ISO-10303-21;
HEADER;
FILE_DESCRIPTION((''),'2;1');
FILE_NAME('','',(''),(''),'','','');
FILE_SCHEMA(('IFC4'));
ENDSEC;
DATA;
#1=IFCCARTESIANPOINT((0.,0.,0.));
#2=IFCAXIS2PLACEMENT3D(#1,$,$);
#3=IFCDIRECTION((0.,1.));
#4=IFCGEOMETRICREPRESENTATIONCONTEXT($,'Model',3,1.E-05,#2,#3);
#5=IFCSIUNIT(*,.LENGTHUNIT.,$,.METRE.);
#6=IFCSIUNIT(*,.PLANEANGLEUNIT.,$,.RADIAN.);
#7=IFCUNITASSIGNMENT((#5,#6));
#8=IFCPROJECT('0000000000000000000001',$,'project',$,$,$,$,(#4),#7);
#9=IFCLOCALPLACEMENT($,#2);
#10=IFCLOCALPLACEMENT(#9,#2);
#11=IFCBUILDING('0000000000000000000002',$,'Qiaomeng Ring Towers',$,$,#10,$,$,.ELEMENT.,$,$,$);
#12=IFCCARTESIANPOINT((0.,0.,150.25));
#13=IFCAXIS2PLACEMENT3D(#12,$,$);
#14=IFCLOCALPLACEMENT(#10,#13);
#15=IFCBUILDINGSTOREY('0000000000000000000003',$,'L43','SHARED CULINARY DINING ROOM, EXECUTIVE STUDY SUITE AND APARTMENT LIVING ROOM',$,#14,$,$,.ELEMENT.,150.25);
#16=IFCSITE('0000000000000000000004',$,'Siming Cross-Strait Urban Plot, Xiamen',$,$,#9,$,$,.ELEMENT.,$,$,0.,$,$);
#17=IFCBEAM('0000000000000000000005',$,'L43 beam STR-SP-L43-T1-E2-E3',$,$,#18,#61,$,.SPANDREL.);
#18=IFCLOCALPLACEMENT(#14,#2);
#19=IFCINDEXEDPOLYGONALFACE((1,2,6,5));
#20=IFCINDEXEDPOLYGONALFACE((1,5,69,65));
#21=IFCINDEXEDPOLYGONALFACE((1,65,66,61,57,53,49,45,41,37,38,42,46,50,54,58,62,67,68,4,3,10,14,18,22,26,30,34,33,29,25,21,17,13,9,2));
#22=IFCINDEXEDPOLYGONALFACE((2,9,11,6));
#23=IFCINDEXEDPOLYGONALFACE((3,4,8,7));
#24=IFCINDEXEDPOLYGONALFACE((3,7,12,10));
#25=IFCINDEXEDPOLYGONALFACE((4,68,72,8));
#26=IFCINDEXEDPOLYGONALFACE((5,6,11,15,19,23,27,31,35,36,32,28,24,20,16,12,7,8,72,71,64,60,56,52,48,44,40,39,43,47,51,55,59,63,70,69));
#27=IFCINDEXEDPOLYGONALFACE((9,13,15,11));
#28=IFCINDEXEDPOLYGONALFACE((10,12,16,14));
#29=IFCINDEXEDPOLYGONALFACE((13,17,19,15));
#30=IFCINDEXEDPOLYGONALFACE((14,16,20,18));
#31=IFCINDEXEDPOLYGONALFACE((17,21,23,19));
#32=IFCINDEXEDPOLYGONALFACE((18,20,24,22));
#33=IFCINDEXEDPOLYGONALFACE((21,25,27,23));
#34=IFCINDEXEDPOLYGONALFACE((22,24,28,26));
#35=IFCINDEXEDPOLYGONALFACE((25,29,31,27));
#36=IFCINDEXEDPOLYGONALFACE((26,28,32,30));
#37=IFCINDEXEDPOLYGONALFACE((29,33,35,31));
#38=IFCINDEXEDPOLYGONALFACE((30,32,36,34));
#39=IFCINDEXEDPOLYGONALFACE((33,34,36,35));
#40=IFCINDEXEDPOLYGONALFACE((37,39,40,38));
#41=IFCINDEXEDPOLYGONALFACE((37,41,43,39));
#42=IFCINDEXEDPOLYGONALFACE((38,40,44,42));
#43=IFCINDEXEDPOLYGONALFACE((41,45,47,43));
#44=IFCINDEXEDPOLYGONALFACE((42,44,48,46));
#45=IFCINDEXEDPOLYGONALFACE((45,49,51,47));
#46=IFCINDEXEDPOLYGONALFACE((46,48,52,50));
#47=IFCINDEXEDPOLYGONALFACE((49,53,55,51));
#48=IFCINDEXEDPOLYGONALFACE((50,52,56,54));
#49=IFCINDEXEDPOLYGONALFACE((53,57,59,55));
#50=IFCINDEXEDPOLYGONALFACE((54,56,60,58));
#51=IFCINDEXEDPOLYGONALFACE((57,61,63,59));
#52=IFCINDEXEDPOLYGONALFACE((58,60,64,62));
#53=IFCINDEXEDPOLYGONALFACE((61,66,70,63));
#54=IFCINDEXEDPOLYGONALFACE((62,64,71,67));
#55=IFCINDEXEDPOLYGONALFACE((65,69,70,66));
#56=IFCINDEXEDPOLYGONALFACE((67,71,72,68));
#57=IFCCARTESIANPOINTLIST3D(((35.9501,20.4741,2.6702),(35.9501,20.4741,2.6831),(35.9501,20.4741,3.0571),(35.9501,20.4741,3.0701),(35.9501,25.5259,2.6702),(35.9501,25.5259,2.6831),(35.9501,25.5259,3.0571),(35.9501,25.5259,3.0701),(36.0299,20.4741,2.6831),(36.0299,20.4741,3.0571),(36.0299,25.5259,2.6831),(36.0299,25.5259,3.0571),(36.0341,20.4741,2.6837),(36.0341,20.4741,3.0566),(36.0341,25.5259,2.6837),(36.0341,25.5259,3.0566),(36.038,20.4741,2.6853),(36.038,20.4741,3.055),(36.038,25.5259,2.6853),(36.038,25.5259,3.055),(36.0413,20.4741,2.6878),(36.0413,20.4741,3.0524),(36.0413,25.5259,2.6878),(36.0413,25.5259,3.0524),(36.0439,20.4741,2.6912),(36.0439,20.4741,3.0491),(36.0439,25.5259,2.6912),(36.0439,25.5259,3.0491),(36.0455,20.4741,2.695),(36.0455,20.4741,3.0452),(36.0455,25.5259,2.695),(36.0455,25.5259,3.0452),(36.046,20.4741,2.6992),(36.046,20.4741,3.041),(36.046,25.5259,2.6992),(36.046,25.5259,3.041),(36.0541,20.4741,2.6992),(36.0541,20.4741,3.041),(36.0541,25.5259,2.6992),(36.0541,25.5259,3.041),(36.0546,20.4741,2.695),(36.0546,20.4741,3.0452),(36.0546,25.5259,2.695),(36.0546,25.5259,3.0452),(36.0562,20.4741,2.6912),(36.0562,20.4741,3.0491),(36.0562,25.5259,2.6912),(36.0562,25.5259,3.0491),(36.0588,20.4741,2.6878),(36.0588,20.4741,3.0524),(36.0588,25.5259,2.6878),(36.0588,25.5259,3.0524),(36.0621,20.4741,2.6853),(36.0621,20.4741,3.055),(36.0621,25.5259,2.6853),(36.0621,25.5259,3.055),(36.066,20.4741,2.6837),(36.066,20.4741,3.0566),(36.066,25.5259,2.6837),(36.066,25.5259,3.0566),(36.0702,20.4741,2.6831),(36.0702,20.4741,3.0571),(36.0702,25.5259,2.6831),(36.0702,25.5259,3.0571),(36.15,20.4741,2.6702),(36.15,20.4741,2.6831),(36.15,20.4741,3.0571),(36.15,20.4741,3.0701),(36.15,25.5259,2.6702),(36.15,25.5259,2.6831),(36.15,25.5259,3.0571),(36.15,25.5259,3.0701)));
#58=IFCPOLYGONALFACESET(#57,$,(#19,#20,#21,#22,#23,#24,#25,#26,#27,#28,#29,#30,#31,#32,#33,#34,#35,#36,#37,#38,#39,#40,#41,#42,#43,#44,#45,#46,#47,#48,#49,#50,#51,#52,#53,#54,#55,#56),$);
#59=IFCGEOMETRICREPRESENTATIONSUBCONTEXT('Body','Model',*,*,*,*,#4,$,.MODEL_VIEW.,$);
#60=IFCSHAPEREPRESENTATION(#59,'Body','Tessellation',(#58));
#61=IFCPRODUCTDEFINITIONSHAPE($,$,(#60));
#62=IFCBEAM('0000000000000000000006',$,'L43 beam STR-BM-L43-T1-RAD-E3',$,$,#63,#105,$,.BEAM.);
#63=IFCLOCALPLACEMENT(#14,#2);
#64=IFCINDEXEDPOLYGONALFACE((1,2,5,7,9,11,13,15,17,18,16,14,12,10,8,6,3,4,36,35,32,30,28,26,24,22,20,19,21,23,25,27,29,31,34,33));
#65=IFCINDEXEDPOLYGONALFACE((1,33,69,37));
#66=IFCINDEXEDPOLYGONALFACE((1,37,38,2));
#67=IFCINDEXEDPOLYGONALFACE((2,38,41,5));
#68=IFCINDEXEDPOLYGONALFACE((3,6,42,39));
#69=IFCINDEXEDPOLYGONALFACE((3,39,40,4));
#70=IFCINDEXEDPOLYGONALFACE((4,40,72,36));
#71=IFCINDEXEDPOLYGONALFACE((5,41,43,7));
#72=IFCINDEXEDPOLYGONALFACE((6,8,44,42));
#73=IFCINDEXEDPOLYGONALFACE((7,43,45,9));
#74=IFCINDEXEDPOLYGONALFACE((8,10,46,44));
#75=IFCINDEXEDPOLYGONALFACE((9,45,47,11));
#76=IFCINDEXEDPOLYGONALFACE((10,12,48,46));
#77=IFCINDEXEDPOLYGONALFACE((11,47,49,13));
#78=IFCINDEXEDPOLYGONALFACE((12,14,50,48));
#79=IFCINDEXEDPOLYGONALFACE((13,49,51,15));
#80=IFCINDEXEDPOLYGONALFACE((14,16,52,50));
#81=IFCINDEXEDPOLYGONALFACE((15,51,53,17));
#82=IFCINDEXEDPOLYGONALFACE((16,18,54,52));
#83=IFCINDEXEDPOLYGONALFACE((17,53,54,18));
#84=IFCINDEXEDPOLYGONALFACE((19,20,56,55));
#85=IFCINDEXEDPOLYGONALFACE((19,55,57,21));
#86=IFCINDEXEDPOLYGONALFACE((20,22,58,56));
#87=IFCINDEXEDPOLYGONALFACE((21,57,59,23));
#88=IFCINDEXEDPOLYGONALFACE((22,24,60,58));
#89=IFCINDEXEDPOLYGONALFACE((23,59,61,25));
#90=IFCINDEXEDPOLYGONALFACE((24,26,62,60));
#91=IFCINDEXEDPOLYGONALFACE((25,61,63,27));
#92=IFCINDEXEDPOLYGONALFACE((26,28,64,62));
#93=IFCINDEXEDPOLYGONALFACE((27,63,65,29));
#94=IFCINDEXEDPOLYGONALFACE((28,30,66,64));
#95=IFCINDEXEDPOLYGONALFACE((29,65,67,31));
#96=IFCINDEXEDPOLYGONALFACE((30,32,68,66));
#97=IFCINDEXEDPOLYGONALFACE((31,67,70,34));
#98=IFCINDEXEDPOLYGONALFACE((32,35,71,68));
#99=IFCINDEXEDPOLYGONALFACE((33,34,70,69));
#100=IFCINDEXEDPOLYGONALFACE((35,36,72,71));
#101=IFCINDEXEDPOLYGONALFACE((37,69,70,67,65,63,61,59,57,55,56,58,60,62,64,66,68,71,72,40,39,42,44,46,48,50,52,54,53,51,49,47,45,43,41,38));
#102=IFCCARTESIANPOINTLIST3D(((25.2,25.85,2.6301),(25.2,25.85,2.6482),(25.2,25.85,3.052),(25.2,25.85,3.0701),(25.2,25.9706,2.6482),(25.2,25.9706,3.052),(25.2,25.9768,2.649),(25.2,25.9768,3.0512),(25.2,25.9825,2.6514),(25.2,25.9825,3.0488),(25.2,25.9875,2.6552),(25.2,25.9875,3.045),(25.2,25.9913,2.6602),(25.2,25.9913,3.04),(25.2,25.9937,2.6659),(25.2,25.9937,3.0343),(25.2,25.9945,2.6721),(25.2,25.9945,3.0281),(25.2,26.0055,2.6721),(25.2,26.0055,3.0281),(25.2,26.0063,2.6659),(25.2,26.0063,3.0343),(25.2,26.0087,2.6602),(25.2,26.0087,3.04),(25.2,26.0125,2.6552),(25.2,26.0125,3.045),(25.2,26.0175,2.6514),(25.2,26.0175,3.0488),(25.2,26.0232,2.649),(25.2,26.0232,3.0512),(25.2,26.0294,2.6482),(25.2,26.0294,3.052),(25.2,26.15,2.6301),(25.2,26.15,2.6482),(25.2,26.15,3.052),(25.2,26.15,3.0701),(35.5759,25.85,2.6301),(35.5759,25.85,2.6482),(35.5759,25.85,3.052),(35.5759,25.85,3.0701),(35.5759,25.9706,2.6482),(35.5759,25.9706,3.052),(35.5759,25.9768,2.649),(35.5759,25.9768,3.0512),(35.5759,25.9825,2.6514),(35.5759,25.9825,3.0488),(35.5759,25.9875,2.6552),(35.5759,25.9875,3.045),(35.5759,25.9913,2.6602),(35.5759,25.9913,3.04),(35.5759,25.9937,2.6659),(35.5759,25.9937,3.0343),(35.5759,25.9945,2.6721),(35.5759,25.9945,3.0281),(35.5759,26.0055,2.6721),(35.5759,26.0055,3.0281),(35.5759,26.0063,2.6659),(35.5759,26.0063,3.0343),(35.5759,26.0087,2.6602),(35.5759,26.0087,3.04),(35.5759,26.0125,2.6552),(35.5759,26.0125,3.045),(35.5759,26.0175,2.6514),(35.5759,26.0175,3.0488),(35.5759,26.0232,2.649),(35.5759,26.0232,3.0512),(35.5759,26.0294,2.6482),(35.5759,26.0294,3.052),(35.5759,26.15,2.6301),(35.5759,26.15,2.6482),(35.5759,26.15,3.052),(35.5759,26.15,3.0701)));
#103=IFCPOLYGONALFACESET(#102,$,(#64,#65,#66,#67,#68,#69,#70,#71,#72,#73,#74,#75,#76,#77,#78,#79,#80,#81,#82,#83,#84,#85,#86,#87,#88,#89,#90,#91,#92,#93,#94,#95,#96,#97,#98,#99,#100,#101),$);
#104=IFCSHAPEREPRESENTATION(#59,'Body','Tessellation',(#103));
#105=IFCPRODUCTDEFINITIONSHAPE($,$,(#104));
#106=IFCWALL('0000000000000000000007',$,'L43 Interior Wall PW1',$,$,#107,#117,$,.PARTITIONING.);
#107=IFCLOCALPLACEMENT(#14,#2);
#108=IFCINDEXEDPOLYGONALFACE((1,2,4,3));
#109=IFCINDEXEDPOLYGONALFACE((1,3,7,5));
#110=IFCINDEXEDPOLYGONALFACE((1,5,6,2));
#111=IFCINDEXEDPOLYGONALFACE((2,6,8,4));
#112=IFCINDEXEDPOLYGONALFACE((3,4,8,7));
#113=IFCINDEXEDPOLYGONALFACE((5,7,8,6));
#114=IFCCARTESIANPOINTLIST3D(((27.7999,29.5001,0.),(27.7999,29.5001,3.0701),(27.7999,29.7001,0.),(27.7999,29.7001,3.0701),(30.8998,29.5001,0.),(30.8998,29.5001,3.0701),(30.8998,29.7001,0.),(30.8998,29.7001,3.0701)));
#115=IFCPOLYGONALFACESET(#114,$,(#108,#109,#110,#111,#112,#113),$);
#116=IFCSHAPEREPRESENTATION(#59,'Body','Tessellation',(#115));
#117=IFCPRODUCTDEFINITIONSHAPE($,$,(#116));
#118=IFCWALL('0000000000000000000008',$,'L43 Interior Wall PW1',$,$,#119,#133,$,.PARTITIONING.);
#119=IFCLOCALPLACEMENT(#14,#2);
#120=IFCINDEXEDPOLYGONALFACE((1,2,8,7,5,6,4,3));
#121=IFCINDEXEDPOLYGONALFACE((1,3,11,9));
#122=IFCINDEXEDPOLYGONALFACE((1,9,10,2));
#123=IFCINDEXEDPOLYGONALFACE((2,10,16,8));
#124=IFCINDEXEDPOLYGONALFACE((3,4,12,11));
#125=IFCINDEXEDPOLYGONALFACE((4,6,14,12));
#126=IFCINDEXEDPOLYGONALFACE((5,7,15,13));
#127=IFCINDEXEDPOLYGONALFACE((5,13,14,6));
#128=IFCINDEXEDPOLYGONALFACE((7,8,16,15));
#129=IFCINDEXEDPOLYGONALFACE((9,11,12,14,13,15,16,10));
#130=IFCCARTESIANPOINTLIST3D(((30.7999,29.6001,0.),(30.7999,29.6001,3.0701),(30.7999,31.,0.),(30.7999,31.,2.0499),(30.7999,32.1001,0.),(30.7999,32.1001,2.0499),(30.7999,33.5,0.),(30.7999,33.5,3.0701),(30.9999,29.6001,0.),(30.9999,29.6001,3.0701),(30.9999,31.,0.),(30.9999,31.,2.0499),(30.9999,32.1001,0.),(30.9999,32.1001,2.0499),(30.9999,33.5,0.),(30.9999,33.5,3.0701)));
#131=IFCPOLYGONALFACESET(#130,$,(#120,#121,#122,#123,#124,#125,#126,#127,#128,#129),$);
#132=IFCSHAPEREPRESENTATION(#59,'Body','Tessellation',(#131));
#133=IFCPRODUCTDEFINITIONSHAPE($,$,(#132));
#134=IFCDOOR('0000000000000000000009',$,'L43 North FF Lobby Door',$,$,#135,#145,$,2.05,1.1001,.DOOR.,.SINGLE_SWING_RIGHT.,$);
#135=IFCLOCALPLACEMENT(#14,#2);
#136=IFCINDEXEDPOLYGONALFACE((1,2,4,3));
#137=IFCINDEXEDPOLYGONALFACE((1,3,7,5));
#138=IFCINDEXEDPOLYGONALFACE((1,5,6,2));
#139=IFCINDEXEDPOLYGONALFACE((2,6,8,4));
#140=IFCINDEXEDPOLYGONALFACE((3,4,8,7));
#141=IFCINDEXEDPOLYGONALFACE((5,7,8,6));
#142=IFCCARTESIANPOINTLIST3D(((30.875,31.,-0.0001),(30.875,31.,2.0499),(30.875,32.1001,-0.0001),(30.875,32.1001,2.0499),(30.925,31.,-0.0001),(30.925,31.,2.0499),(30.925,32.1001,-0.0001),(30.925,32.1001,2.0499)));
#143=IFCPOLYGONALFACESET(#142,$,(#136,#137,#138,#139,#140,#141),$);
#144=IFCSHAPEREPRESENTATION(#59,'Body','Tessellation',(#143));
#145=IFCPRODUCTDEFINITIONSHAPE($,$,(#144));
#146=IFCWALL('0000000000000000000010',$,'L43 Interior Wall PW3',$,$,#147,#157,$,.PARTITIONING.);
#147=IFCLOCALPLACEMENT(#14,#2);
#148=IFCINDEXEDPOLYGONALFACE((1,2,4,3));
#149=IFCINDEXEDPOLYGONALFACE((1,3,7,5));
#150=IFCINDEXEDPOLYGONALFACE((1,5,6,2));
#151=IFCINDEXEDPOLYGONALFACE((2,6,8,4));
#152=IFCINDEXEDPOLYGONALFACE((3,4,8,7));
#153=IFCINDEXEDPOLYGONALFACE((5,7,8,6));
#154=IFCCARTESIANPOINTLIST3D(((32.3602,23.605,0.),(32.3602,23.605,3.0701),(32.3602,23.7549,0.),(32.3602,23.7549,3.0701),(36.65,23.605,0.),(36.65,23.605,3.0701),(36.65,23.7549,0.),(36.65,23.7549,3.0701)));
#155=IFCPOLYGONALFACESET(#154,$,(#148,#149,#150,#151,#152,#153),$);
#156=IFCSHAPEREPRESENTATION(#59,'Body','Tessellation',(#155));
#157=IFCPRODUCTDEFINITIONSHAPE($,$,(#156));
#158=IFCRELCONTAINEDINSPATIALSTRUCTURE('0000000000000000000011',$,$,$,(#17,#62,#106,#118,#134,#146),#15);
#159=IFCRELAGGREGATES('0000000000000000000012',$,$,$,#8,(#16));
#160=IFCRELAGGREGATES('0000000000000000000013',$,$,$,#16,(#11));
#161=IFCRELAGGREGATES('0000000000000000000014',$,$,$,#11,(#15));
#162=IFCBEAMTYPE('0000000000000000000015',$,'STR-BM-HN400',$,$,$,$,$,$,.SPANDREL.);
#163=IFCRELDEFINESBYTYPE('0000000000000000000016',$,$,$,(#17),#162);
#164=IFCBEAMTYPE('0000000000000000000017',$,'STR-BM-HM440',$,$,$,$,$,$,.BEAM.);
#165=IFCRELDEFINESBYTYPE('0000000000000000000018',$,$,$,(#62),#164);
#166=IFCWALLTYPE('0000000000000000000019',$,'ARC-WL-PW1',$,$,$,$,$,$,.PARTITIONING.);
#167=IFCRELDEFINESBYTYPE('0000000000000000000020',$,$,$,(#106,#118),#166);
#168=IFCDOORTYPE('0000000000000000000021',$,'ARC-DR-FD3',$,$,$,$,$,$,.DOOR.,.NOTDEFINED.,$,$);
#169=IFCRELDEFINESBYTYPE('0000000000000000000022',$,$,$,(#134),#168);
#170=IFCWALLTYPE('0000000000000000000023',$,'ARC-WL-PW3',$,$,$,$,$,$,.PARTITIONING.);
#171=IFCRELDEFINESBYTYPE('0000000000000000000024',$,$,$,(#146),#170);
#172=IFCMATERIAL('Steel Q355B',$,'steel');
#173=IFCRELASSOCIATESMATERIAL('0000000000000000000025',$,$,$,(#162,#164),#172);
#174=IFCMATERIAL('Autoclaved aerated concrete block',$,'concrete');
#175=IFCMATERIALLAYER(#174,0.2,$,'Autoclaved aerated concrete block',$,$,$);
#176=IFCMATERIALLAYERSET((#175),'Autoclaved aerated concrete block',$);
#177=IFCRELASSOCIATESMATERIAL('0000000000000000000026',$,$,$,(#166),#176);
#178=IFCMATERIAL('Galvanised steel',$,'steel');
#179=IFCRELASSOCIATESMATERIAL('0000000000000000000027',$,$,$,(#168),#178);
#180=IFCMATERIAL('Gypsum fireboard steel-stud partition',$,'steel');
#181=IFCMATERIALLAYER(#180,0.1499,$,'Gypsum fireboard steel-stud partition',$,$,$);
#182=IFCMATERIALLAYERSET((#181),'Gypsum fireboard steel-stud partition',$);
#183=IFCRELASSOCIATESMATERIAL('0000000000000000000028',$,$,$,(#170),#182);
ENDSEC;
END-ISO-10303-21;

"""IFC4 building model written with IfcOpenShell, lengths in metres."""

from ifc_helpers import new_model, si_unit, direction, frame, frame_2d, origin, origin_2d, place, context, subcontext, project, spatial, rectangle, i_section, extrude, source, transform, mapped, material, layer, layer_set, material_profile, profile_set, type_object, element, fill, save


model = new_model("IFC4")

# Units and contexts
model_context = context("Model", 3, precision=1e-05, world=origin(), true_north=direction((0.0, 1.0)))
body_context = subcontext(model_context, "Body", "Model", "MODEL_VIEW")
ifc_project = project(units=[si_unit("LENGTHUNIT", "METRE"), si_unit("PLANEANGLEUNIT", "RADIAN")], contexts=[model_context])

# Site, building, storey
site_placement = place(None, origin())
site = spatial("IfcSite", under=ifc_project, at=site_placement, Name="Siming Cross-Strait Urban Plot, Xiamen", CompositionType="ELEMENT", RefElevation=0.0)
building_placement = place(site_placement, origin())
building = spatial("IfcBuilding", under=site, at=building_placement, Name="Qiaomeng Ring Towers", CompositionType="ELEMENT")
storey_placement = place(building_placement, frame((0.0, 0.0, 150.25)))
storey = spatial("IfcBuildingStorey", under=building, at=storey_placement, Name="L43", Description="SHARED CULINARY DINING ROOM, EXECUTIVE STUDY SUITE AND APARTMENT LIVING ROOM", CompositionType="ELEMENT", Elevation=150.25)

# Beams
ifc_material_1 = material(Name="Steel Q355B", Category="steel")
ifc_material_profile_1 = material_profile(ifc_material_1, i_section(OverallWidth=0.2, OverallDepth=0.3999, WebThickness=0.0081, FlangeThickness=0.0129, FilletRadius=0.0161, at=origin_2d()), Name="HN 400x200x8x13")
ifc_profile_set_1 = profile_set([ifc_material_profile_1], Name="Steel Q355B")
beam_type_1 = type_object("IfcBeamType", Name="STR-BM-HN400", PredefinedType="SPANDREL", material=ifc_profile_set_1)
shared_shape_1 = source(origin(), body_context, "Body", "SweptSolid", [
    extrude(i_section(OverallWidth=0.2, OverallDepth=0.3999, WebThickness=0.0081, FlangeThickness=0.0129, FilletRadius=0.0161, at=origin_2d()), origin(), (0.0, 0.0, 1.0), 5.0518),
])
beam_1_placement = place(storey_placement, frame((36.05, 20.4741, 2.8701), z_axis=(0.0, 1.0, 0.0), x_axis=(-1.0, 0.0, 0.0)))
element("IfcBeam", 1, at=beam_1_placement, inside=storey, type_object=beam_type_1, Name="L43 beam STR-SP-L43-T1-E2-E3", PredefinedType="SPANDREL", context=body_context, shape_type="MappedRepresentation", body=[
    mapped(shared_shape_1, transform((0.0, 0.0, 0.0), x_axis=(1.0, 0.0, 0.0), y_axis=(0.0, 1.0, 0.0), z_axis=(0.0, 0.0, 1.0), scale=1.0)),
])
ifc_material_profile_2 = material_profile(ifc_material_1, i_section(OverallWidth=0.3, OverallDepth=0.4399, WebThickness=0.011, FlangeThickness=0.0181, FilletRadius=0.0239, at=origin_2d()), Name="HM 440x300x11x18")
ifc_profile_set_2 = profile_set([ifc_material_profile_2], Name="Steel Q355B")
beam_type_2 = type_object("IfcBeamType", Name="STR-BM-HM440", PredefinedType="BEAM", material=ifc_profile_set_2)
shared_shape_2 = source(origin(), body_context, "Body", "SweptSolid", [
    extrude(i_section(OverallWidth=0.3, OverallDepth=0.4399, WebThickness=0.011, FlangeThickness=0.0181, FilletRadius=0.0239, at=origin_2d()), origin(), (0.0, 0.0, 1.0), 10.376),
])
beam_2_placement = place(storey_placement, frame((25.2, 26.0, 2.8501), z_axis=(1.0, 0.0, 0.0), x_axis=(0.0, 1.0, 0.0)))
element("IfcBeam", 2, at=beam_2_placement, inside=storey, type_object=beam_type_2, Name="L43 beam STR-BM-L43-T1-RAD-E3", PredefinedType="BEAM", context=body_context, shape_type="MappedRepresentation", body=[
    mapped(shared_shape_2, transform((0.0, 0.0, 0.0), x_axis=(1.0, 0.0, 0.0), y_axis=(0.0, 1.0, 0.0), z_axis=(0.0, 0.0, 1.0), scale=1.0)),
])

# Wall
ifc_material_2 = material(Name="Autoclaved aerated concrete block", Category="concrete")
ifc_layer_1 = layer(ifc_material_2, 0.2, Name="Autoclaved aerated concrete block")
ifc_layer_set_1 = layer_set([ifc_layer_1], Name="Autoclaved aerated concrete block")
wall_type_1 = type_object("IfcWallType", Name="ARC-WL-PW1", PredefinedType="PARTITIONING", material=ifc_layer_set_1)
wall_1_placement = place(storey_placement, frame((27.8, 29.6001, 0.0), z_axis=(0.0, 0.0, 1.0), x_axis=(1.0, 0.0, 0.0)))
element("IfcWall", 3, at=wall_1_placement, inside=storey, type_object=wall_type_1, Name="L43 Interior Wall PW1", PredefinedType="PARTITIONING", context=body_context, shape_type="SweptSolid", body=[
    extrude(rectangle(XDim=3.0999, YDim=0.2, at=frame_2d((1.5498, 0.0))), origin(), (0.0, 0.0, 1.0), 3.0701),
])

# Wall, opening, door
wall_2_placement = place(storey_placement, frame((30.8999, 29.6001, 0.0), z_axis=(0.0, 0.0, 1.0), x_axis=(0.0, 1.0, 0.0)))
wall_2 = element("IfcWall", 4, at=wall_2_placement, inside=storey, type_object=wall_type_1, Name="L43 Interior Wall PW1", PredefinedType="PARTITIONING", context=body_context, shape_type="SweptSolid", body=[
    extrude(rectangle(XDim=3.8999, YDim=0.2, at=frame_2d((1.95, 0.0))), origin(), (0.0, 0.0, 1.0), 3.0701),
])
opening_1_placement = place(wall_2_placement, frame((1.3999, 0.0, 0.0)))
opening_1 = element("IfcOpeningElement", 5, at=opening_1_placement, cuts=wall_2, PredefinedType="OPENING", context=body_context, shape_type="SweptSolid", body=[
    extrude(rectangle(XDim=1.1001, YDim=2.05, at=frame_2d((0.55, 1.0249))), frame((0.0, 0.1099, 0.0), z_axis=(0.0, -1.0, 0.0), x_axis=(1.0, 0.0, 0.0)), (0.0, 0.0, 1.0), 0.22),
])
ifc_material_3 = material(Name="Galvanised steel", Category="steel")
door_type_1 = type_object("IfcDoorType", Name="ARC-DR-FD3", OperationType="NOTDEFINED", PredefinedType="DOOR", material=ifc_material_3)
shared_shape_3 = source(origin(), body_context, "Body", "SweptSolid", [
    extrude(rectangle(XDim=1.1001, YDim=2.05, at=frame_2d((0.55, 1.0249))), frame((0.0, 0.0249, 0.0), z_axis=(0.0, -1.0, 0.0), x_axis=(1.0, 0.0, 0.0)), (0.0, 0.0, 1.0), 0.05),
])
door_1_placement = place(opening_1_placement, origin())
door_1 = element("IfcDoor", 6, at=door_1_placement, inside=storey, type_object=door_type_1, Name="L43 North FF Lobby Door", OperationType="SINGLE_SWING_RIGHT", OverallHeight=2.05, OverallWidth=1.1001, PredefinedType="DOOR", context=body_context, shape_type="MappedRepresentation", body=[
    mapped(shared_shape_3, transform((0.0, 0.0, 0.0), x_axis=(1.0, 0.0, 0.0), y_axis=(0.0, 1.0, 0.0), z_axis=(0.0, 0.0, 1.0), scale=1.0)),
])
fill(opening_1, door_1)

# Wall
ifc_material_4 = material(Name="Gypsum fireboard steel-stud partition", Category="steel")
ifc_layer_2 = layer(ifc_material_4, 0.1499, Name="Gypsum fireboard steel-stud partition")
ifc_layer_set_2 = layer_set([ifc_layer_2], Name="Gypsum fireboard steel-stud partition")
wall_type_2 = type_object("IfcWallType", Name="ARC-WL-PW3", PredefinedType="PARTITIONING", material=ifc_layer_set_2)
wall_3_placement = place(storey_placement, frame((32.3601, 23.6799, 0.0), z_axis=(0.0, 0.0, 1.0), x_axis=(1.0, 0.0, 0.0)))
element("IfcWall", 7, at=wall_3_placement, inside=storey, type_object=wall_type_2, Name="L43 Interior Wall PW3", PredefinedType="PARTITIONING", context=body_context, shape_type="SweptSolid", body=[
    extrude(rectangle(XDim=4.2898, YDim=0.1499, at=frame_2d((2.145, 0.0))), origin(), (0.0, 0.0, 1.0), 3.0701),
])

save(model, "model.ifc")
